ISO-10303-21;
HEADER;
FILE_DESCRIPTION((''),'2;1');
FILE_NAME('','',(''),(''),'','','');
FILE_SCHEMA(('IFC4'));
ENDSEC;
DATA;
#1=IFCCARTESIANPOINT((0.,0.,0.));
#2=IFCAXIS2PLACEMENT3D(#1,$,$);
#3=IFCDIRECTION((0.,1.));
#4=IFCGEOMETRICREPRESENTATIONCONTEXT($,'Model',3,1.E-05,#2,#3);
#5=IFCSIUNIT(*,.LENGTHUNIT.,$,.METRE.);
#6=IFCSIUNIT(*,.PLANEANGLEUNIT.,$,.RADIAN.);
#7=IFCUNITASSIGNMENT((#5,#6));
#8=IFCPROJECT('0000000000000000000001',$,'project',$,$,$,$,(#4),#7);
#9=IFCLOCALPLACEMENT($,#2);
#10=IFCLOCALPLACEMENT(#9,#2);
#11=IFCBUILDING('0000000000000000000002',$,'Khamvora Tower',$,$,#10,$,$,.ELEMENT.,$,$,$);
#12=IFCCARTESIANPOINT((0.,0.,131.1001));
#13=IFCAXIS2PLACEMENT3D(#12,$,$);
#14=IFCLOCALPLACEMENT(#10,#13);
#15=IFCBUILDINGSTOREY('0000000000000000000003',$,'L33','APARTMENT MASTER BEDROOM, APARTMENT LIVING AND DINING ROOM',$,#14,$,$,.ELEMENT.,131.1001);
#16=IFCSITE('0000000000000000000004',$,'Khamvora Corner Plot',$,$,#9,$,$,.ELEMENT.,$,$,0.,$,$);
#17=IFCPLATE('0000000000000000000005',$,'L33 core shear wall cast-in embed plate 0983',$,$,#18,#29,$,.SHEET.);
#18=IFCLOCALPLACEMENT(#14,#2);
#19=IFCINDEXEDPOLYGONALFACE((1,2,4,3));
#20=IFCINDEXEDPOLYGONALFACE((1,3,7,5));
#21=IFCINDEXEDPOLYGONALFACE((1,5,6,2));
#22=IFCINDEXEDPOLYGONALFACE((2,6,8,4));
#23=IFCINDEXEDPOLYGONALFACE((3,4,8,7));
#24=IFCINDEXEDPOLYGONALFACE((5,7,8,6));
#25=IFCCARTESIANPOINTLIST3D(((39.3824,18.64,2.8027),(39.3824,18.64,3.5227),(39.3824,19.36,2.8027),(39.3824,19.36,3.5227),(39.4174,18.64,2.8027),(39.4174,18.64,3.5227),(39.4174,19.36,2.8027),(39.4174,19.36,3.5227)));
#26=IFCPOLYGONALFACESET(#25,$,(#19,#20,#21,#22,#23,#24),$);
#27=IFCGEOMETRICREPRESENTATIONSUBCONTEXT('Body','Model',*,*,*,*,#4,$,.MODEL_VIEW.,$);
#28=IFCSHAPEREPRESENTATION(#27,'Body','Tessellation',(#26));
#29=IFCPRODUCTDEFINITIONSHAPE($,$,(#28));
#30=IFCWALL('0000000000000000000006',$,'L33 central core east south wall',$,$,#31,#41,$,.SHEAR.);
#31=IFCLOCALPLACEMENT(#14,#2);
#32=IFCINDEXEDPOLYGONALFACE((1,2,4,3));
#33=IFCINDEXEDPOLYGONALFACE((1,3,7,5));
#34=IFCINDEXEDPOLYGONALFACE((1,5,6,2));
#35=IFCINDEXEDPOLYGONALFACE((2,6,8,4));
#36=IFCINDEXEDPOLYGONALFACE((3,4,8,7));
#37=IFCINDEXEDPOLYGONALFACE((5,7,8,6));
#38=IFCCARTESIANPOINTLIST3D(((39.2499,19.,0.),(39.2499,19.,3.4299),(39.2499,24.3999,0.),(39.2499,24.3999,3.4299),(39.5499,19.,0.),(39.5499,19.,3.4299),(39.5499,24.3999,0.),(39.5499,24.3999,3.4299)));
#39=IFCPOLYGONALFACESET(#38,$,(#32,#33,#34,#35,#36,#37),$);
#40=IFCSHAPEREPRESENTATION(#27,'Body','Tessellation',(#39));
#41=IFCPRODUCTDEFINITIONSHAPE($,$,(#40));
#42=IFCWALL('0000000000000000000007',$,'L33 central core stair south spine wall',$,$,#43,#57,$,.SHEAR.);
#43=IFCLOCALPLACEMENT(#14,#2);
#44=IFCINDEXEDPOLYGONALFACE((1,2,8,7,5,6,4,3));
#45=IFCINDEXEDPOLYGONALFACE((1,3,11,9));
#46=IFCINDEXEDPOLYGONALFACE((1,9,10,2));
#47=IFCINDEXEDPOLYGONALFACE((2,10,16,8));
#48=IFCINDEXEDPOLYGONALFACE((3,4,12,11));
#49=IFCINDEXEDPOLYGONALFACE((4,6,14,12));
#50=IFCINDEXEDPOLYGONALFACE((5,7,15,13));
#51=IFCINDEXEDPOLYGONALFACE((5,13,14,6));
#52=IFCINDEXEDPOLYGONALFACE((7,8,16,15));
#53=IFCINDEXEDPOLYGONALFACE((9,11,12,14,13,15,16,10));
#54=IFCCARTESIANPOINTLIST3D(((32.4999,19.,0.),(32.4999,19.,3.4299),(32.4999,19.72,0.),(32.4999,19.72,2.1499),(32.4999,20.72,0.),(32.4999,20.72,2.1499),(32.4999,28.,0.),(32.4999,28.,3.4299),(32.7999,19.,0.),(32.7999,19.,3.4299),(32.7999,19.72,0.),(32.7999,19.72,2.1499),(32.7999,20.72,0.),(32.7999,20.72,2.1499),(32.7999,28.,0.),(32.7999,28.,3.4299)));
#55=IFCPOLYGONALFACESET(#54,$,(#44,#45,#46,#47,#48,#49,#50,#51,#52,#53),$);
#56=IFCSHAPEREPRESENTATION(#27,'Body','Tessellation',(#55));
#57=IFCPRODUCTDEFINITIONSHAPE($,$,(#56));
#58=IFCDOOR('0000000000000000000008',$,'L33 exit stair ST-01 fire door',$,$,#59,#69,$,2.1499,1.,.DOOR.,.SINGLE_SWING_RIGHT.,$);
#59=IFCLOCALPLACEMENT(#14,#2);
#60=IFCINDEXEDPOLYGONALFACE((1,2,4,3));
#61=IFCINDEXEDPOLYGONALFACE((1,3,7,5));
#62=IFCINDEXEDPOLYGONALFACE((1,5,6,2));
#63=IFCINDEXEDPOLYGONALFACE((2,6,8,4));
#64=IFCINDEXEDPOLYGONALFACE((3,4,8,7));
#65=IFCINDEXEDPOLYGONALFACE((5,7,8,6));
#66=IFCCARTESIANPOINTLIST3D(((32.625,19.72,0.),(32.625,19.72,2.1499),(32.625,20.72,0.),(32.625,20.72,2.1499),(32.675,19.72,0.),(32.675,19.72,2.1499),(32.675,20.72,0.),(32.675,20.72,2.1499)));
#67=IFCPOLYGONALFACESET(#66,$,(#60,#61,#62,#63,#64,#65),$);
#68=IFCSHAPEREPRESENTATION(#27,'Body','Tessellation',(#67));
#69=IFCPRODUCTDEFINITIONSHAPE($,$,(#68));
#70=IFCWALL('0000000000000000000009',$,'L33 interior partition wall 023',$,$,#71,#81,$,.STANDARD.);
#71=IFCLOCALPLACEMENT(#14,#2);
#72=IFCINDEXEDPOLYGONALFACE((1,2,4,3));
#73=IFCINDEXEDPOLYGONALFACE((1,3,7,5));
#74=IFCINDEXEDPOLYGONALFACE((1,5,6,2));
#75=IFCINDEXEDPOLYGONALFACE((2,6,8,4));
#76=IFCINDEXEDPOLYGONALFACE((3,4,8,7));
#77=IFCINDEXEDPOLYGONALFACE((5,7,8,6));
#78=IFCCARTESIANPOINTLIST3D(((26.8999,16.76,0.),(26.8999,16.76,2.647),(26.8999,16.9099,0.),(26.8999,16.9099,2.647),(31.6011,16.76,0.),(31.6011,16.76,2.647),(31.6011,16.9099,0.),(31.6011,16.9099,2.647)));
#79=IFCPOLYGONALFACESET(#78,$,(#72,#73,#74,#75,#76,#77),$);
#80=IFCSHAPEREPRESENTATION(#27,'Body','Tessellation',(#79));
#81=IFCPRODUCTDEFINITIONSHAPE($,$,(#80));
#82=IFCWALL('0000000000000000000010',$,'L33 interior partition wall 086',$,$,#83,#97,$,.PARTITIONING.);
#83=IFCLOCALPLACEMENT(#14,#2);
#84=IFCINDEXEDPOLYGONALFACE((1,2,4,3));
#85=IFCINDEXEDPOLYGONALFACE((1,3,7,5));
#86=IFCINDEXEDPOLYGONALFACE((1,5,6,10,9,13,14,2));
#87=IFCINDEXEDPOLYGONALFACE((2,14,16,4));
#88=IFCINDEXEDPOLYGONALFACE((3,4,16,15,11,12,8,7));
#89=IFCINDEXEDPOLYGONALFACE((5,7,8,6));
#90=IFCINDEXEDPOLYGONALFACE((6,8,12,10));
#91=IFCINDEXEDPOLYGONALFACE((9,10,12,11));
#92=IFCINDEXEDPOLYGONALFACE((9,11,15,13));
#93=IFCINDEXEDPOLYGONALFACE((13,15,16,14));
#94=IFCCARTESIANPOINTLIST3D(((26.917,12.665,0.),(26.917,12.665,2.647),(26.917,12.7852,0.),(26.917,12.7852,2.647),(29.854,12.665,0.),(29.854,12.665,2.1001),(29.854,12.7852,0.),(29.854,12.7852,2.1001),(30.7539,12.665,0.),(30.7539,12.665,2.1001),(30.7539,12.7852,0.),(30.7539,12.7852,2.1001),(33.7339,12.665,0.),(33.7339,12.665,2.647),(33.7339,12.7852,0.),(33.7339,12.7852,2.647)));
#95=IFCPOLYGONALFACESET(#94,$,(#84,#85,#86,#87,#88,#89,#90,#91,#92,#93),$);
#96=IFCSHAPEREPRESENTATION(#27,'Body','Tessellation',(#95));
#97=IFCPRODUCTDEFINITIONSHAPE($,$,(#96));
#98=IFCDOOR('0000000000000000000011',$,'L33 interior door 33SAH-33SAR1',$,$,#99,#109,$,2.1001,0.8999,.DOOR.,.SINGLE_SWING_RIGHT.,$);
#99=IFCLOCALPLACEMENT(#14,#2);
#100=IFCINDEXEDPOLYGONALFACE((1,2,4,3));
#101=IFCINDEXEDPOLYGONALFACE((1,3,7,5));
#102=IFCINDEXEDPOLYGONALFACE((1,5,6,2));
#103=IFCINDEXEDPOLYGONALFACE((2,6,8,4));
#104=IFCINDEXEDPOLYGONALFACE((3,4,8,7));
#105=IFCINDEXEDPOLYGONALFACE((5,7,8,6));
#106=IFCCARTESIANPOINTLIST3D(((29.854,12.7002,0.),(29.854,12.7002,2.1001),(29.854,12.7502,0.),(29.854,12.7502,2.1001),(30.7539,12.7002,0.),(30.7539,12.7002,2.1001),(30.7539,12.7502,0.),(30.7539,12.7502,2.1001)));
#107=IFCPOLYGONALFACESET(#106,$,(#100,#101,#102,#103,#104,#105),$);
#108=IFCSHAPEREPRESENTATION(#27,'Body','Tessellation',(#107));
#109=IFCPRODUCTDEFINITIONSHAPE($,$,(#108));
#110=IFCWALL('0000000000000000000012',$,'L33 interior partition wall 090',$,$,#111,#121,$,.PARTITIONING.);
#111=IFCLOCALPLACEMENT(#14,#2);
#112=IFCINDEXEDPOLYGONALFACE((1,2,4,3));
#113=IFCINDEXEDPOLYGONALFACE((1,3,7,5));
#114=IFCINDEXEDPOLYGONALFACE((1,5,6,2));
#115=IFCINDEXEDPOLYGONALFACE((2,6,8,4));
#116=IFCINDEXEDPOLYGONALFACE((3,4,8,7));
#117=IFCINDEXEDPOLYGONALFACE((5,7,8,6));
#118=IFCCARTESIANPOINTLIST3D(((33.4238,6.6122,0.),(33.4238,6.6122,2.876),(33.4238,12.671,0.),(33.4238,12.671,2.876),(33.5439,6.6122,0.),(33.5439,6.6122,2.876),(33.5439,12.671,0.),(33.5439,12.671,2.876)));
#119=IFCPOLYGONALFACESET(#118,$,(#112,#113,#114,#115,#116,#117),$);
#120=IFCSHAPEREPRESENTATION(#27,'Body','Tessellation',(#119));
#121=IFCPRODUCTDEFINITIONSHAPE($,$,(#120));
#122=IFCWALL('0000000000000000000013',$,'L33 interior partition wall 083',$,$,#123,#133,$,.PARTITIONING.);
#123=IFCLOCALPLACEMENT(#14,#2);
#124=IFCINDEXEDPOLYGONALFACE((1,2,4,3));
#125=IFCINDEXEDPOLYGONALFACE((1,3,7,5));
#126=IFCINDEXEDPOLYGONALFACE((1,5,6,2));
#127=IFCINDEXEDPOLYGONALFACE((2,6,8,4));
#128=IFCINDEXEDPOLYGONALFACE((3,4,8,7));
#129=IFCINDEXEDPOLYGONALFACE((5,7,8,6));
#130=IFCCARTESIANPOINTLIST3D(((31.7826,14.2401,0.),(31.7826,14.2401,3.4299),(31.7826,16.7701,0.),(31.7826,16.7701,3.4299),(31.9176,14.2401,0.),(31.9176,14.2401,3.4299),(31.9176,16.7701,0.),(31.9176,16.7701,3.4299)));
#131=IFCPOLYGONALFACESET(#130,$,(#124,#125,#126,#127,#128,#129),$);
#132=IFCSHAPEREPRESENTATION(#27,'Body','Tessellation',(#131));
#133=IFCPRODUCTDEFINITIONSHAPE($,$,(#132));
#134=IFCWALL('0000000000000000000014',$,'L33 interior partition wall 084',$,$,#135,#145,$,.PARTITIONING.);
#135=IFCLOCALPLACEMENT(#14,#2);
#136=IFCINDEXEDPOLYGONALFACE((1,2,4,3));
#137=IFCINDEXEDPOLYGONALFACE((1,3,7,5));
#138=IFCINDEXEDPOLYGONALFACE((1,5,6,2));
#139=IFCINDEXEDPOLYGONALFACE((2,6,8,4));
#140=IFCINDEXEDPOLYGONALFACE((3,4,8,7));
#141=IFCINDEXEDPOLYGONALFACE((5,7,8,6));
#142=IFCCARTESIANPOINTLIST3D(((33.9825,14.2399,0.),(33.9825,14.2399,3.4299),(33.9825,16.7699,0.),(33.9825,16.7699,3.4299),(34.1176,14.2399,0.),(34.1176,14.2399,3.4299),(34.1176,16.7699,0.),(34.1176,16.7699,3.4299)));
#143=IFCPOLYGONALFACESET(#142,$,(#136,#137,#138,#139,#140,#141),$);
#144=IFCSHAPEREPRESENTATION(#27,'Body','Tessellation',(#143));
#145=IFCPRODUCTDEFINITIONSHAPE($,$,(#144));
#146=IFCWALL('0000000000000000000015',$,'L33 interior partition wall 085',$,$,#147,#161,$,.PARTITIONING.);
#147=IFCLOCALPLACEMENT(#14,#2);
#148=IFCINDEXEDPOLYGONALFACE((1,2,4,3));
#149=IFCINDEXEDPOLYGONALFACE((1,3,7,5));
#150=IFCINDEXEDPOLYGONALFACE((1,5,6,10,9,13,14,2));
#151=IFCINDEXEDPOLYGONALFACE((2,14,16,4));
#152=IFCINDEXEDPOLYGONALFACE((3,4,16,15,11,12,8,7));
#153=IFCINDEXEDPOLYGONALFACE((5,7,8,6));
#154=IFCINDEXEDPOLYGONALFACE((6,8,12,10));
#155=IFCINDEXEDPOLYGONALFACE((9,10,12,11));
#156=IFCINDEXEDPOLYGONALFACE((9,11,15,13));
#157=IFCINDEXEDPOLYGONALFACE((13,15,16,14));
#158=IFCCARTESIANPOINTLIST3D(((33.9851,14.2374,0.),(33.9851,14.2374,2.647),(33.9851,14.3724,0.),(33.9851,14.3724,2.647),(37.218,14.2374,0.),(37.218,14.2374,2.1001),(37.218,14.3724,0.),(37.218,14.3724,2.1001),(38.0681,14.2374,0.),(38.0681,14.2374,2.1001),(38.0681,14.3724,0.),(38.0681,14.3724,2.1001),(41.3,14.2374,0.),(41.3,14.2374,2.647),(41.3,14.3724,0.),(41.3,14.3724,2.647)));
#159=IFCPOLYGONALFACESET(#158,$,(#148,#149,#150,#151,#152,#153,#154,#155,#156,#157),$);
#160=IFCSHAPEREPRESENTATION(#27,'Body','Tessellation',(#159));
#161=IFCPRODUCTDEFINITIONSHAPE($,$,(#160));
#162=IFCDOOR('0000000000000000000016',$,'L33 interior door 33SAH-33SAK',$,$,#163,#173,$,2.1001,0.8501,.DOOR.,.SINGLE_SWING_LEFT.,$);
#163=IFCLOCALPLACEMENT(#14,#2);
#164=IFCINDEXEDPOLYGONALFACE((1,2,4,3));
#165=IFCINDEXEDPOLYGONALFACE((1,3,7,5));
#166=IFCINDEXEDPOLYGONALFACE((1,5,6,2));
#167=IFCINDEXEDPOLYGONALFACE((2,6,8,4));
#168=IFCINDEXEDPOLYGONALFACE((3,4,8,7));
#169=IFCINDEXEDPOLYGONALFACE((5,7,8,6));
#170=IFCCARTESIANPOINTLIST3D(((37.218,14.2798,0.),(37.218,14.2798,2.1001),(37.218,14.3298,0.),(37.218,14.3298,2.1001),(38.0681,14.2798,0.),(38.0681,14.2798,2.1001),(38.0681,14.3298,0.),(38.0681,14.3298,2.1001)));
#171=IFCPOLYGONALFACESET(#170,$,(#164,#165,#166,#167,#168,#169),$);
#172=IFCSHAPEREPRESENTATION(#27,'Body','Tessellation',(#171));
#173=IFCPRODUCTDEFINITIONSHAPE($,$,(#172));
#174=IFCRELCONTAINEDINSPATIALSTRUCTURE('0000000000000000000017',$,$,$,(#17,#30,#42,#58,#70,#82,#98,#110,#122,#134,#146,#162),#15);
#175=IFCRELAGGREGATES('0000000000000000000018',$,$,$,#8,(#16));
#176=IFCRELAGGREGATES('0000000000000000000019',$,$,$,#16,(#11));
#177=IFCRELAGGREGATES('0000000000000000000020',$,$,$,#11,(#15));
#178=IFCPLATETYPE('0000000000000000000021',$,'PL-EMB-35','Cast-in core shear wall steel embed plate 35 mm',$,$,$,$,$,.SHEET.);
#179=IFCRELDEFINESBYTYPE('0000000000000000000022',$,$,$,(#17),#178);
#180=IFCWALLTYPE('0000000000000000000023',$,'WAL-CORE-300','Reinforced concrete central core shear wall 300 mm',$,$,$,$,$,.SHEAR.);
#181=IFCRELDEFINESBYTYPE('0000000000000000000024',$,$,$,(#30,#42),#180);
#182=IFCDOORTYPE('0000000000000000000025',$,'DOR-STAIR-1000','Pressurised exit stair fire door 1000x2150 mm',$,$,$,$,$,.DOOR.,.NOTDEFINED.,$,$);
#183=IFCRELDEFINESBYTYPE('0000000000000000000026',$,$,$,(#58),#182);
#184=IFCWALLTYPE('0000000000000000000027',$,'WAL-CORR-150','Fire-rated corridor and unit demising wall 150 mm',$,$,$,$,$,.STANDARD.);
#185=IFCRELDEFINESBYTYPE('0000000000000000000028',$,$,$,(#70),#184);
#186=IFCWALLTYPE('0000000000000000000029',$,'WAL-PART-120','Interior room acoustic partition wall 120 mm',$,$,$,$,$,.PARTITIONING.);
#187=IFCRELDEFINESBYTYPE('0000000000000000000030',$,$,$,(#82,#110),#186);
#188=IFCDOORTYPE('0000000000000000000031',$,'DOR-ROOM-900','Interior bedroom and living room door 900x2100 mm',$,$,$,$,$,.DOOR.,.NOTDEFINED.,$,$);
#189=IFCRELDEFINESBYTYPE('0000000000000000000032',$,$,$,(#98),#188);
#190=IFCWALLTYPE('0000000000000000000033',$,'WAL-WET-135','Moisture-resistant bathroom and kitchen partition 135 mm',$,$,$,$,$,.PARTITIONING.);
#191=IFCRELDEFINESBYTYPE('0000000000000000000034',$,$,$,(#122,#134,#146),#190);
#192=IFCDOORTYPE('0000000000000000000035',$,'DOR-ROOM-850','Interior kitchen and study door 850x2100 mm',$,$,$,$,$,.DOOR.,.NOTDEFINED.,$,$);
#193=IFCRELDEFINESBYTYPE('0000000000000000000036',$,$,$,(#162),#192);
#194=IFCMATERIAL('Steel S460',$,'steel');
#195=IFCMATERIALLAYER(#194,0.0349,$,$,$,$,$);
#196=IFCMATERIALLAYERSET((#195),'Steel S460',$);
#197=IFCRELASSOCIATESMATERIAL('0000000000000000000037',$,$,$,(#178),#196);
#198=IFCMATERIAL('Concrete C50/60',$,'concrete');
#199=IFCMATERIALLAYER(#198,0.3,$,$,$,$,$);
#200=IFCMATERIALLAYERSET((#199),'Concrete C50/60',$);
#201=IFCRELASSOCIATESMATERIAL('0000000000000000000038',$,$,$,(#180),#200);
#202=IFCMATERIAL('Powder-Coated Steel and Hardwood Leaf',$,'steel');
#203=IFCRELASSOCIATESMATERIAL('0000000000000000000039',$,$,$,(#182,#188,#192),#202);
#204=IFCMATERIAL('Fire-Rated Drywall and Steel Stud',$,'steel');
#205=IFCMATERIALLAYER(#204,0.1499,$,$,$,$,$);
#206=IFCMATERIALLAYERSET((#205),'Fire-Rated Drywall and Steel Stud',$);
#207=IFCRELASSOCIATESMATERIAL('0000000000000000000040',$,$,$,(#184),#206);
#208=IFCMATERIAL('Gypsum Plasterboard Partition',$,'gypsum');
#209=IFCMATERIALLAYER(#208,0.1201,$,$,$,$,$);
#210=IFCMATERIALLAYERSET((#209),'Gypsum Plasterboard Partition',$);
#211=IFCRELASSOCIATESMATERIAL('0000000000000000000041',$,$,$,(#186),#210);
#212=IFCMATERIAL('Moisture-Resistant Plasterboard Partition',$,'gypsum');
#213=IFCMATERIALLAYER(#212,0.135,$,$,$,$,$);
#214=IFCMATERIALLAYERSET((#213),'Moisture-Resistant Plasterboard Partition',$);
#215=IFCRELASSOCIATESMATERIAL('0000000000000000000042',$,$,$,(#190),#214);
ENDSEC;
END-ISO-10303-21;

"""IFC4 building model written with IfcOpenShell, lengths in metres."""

from ifc_helpers import new_model, si_unit, direction, frame, frame_2d, origin, origin_2d, place, context, subcontext, project, spatial, rectangle, extrude, material, layer, layer_set, type_object, element, fill, save


model = new_model("IFC4")

# Units and contexts
model_context = context("Model", 3, precision=1e-05, world=origin(), true_north=direction((0.0, 1.0)))
body_context = subcontext(model_context, "Body", "Model", "MODEL_VIEW")
ifc_project = project(units=[si_unit("LENGTHUNIT", "METRE"), si_unit("PLANEANGLEUNIT", "RADIAN")], contexts=[model_context])

# Site, building, storey
site_placement = place(None, origin())
site = spatial("IfcSite", under=ifc_project, at=site_placement, Name="Khamvora Corner Plot", CompositionType="ELEMENT", RefElevation=0.0)
building_placement = place(site_placement, origin())
building = spatial("IfcBuilding", under=site, at=building_placement, Name="Khamvora Tower", CompositionType="ELEMENT")
storey_placement = place(building_placement, frame((0.0, 0.0, 131.1001)))
storey = spatial("IfcBuildingStorey", under=building, at=storey_placement, Name="L33", Description="APARTMENT MASTER BEDROOM, APARTMENT LIVING AND DINING ROOM", CompositionType="ELEMENT", Elevation=131.1001)

# Shared definitions
ifc_material_1 = material(Name="Steel S460", Category="steel")

# Plate
ifc_layer_1 = layer(ifc_material_1, 0.0349)
ifc_layer_set_1 = layer_set([ifc_layer_1], Name="Steel S460")
plate_type_1 = type_object("IfcPlateType", Name="PL-EMB-35", Description="Cast-in core shear wall steel embed plate 35 mm", PredefinedType="SHEET", material=ifc_layer_set_1)
plate_1_placement = place(storey_placement, frame((39.3999, 19.0, 2.8027), z_axis=(0.0, 0.0, 1.0), x_axis=(1.0, 0.0, 0.0)))
element("IfcPlate", 1, at=plate_1_placement, inside=storey, type_object=plate_type_1, Name="L33 core shear wall cast-in embed plate 0983", PredefinedType="SHEET", context=body_context, shape_type="SweptSolid", body=[
    extrude(rectangle(XDim=0.0349, YDim=0.72, at=origin_2d()), origin(), (0.0, 0.0, 1.0), 0.72),
])

# Wall
ifc_material_2 = material(Name="Concrete C50/60", Category="concrete")
ifc_layer_2 = layer(ifc_material_2, 0.3)
ifc_layer_set_2 = layer_set([ifc_layer_2], Name="Concrete C50/60")
wall_type_1 = type_object("IfcWallType", Name="WAL-CORE-300", Description="Reinforced concrete central core shear wall 300 mm", PredefinedType="SHEAR", material=ifc_layer_set_2)
wall_1_placement = place(storey_placement, frame((39.3999, 19.0, 0.0), z_axis=(0.0, 0.0, 1.0), x_axis=(0.0, 1.0, 0.0)))
element("IfcWall", 2, at=wall_1_placement, inside=storey, type_object=wall_type_1, Name="L33 central core east south wall", PredefinedType="SHEAR", context=body_context, shape_type="SweptSolid", body=[
    extrude(rectangle(XDim=5.3999, YDim=0.3, at=frame_2d((2.7, 0.0))), origin(), (0.0, 0.0, 1.0), 3.4299),
])

# Wall, opening, door
wall_2_placement = place(storey_placement, frame((32.6499, 19.0, 0.0), z_axis=(0.0, 0.0, 1.0), x_axis=(0.0, 1.0, 0.0)))
wall_2 = element("IfcWall", 3, at=wall_2_placement, inside=storey, type_object=wall_type_1, Name="L33 central core stair south spine wall", PredefinedType="SHEAR", context=body_context, shape_type="SweptSolid", body=[
    extrude(rectangle(XDim=9.0, YDim=0.3, at=frame_2d((4.5, 0.0))), origin(), (0.0, 0.0, 1.0), 3.4299),
])
opening_1_placement = place(wall_2_placement, frame((0.72, 0.0, 0.0)))
opening_1 = element("IfcOpeningElement", 4, at=opening_1_placement, cuts=wall_2, PredefinedType="OPENING", context=body_context, shape_type="SweptSolid", body=[
    extrude(rectangle(XDim=1.0, YDim=2.1499, at=frame_2d((0.5, 1.075))), frame((0.0, 0.1599, 0.0), z_axis=(0.0, -1.0, 0.0), x_axis=(1.0, 0.0, 0.0)), (0.0, 0.0, 1.0), 0.3201),
])
ifc_material_3 = material(Name="Powder-Coated Steel and Hardwood Leaf", Category="steel")
door_type_1 = type_object("IfcDoorType", Name="DOR-STAIR-1000", Description="Pressurised exit stair fire door 1000x2150 mm", OperationType="NOTDEFINED", PredefinedType="DOOR", material=ifc_material_3)
door_1_placement = place(opening_1_placement, origin())
door_1 = element("IfcDoor", 5, at=door_1_placement, inside=storey, type_object=door_type_1, Name="L33 exit stair ST-01 fire door", OperationType="SINGLE_SWING_RIGHT", OverallHeight=2.1499, OverallWidth=1.0, PredefinedType="DOOR", context=body_context, shape_type="SweptSolid", body=[
    extrude(rectangle(XDim=1.0, YDim=2.1499, at=frame_2d((0.5, 1.075))), frame((0.0, 0.0249, 0.0), z_axis=(0.0, -1.0, 0.0), x_axis=(1.0, 0.0, 0.0)), (0.0, 0.0, 1.0), 0.05),
])
fill(opening_1, door_1)
ifc_material_4 = material(Name="Fire-Rated Drywall and Steel Stud", Category="steel")
ifc_layer_3 = layer(ifc_material_4, 0.1499)
ifc_layer_set_3 = layer_set([ifc_layer_3], Name="Fire-Rated Drywall and Steel Stud")
wall_type_2 = type_object("IfcWallType", Name="WAL-CORR-150", Description="Fire-rated corridor and unit demising wall 150 mm", PredefinedType="STANDARD", material=ifc_layer_set_3)

# Wall
wall_3_placement = place(storey_placement, frame((31.6011, 16.835, 0.0), z_axis=(0.0, 0.0, 1.0), x_axis=(-1.0, 0.0, 0.0)))
element("IfcWall", 6, at=wall_3_placement, inside=storey, type_object=wall_type_2, Name="L33 interior partition wall 023", PredefinedType="STANDARD", context=body_context, shape_type="SweptSolid", body=[
    extrude(rectangle(XDim=4.7012, YDim=0.1499, at=frame_2d((2.3506, 0.0))), origin(), (0.0, 0.0, 1.0), 2.647),
])

# Wall, opening, door
ifc_material_5 = material(Name="Gypsum Plasterboard Partition", Category="gypsum")
ifc_layer_4 = layer(ifc_material_5, 0.1201)
ifc_layer_set_4 = layer_set([ifc_layer_4], Name="Gypsum Plasterboard Partition")
wall_type_3 = type_object("IfcWallType", Name="WAL-PART-120", Description="Interior room acoustic partition wall 120 mm", PredefinedType="PARTITIONING", material=ifc_layer_set_4)
wall_4_placement = place(storey_placement, frame((33.7339, 12.7251, 0.0), z_axis=(0.0, 0.0, 1.0), x_axis=(-1.0, 0.0, 0.0)))
wall_4 = element("IfcWall", 7, at=wall_4_placement, inside=storey, type_object=wall_type_3, Name="L33 interior partition wall 086", PredefinedType="PARTITIONING", context=body_context, shape_type="SweptSolid", body=[
    extrude(rectangle(XDim=6.8169, YDim=0.1201, at=frame_2d((3.4084, 0.0))), origin(), (0.0, 0.0, 1.0), 2.647),
])
opening_2_placement = place(wall_4_placement, frame((2.98, 0.0, 0.0)))
opening_2 = element("IfcOpeningElement", 8, at=opening_2_placement, cuts=wall_4, PredefinedType="OPENING", context=body_context, shape_type="SweptSolid", body=[
    extrude(rectangle(XDim=0.8999, YDim=2.1001, at=frame_2d((0.45, 1.05))), frame((0.0, 0.0701, 0.0), z_axis=(0.0, -1.0, 0.0), x_axis=(1.0, 0.0, 0.0)), (0.0, 0.0, 1.0), 0.1401),
])
door_type_2 = type_object("IfcDoorType", Name="DOR-ROOM-900", Description="Interior bedroom and living room door 900x2100 mm", OperationType="NOTDEFINED", PredefinedType="DOOR", material=ifc_material_3)
door_2_placement = place(opening_2_placement, origin())
door_2 = element("IfcDoor", 9, at=door_2_placement, inside=storey, type_object=door_type_2, Name="L33 interior door 33SAH-33SAR1", OperationType="SINGLE_SWING_RIGHT", OverallHeight=2.1001, OverallWidth=0.8999, PredefinedType="DOOR", context=body_context, shape_type="SweptSolid", body=[
    extrude(rectangle(XDim=0.8999, YDim=2.1001, at=frame_2d((0.45, 1.05))), frame((0.0, 0.0249, 0.0), z_axis=(0.0, -1.0, 0.0), x_axis=(1.0, 0.0, 0.0)), (0.0, 0.0, 1.0), 0.05),
])
fill(opening_2, door_2)

# Walls
wall_5_placement = place(storey_placement, frame((33.4839, 12.6709, 0.0), z_axis=(0.0, 0.0, 1.0), x_axis=(0.0, -1.0, 0.0)))
element("IfcWall", 10, at=wall_5_placement, inside=storey, type_object=wall_type_3, Name="L33 interior partition wall 090", PredefinedType="PARTITIONING", context=body_context, shape_type="SweptSolid", body=[
    extrude(rectangle(XDim=6.0588, YDim=0.1201, at=frame_2d((3.0293, 0.0))), origin(), (0.0, 0.0, 1.0), 2.876),
])
ifc_material_6 = material(Name="Moisture-Resistant Plasterboard Partition", Category="gypsum")
ifc_layer_5 = layer(ifc_material_6, 0.135)
ifc_layer_set_5 = layer_set([ifc_layer_5], Name="Moisture-Resistant Plasterboard Partition")
wall_type_4 = type_object("IfcWallType", Name="WAL-WET-135", Description="Moisture-resistant bathroom and kitchen partition 135 mm", PredefinedType="PARTITIONING", material=ifc_layer_set_5)
for number, where, z_axis, x_axis, name in (
    (11, (31.8501, 14.24, 0.0), (0.0, 0.0, 1.0), (0.0, 1.0, 0.0), "L33 interior partition wall 083"),
    (12, (34.05, 16.77, 0.0), (0.0, 0.0, 1.0), (0.0, -1.0, 0.0), "L33 interior partition wall 084"),
):
    element("IfcWall", number, at=place(storey_placement, frame(where, z_axis=z_axis, x_axis=x_axis)), inside=storey, type_object=wall_type_4, Name=name, PredefinedType="PARTITIONING", context=body_context, shape_type="SweptSolid", body=[
        extrude(rectangle(XDim=2.53, YDim=0.135, at=frame_2d((1.2651, 0.0))), origin(), (0.0, 0.0, 1.0), 3.4299),
    ])

# Wall, opening, door
wall_6_placement = place(storey_placement, frame((33.9851, 14.3049, 0.0), z_axis=(0.0, 0.0, 1.0), x_axis=(1.0, 0.0, 0.0)))
wall_6 = element("IfcWall", 13, at=wall_6_placement, inside=storey, type_object=wall_type_4, Name="L33 interior partition wall 085", PredefinedType="PARTITIONING", context=body_context, shape_type="SweptSolid", body=[
    extrude(rectangle(XDim=7.3149, YDim=0.135, at=frame_2d((3.6575, 0.0))), origin(), (0.0, 0.0, 1.0), 2.647),
])
opening_3_placement = place(wall_6_placement, frame((3.2329, 0.0, 0.0)))
opening_3 = element("IfcOpeningElement", 14, at=opening_3_placement, cuts=wall_6, PredefinedType="OPENING", context=body_context, shape_type="SweptSolid", body=[
    extrude(rectangle(XDim=0.8501, YDim=2.1001, at=frame_2d((0.425, 1.05))), frame((0.0, 0.0774, 0.0), z_axis=(0.0, -1.0, 0.0), x_axis=(1.0, 0.0, 0.0)), (0.0, 0.0, 1.0), 0.155),
])
door_type_3 = type_object("IfcDoorType", Name="DOR-ROOM-850", Description="Interior kitchen and study door 850x2100 mm", OperationType="NOTDEFINED", PredefinedType="DOOR", material=ifc_material_3)
door_3_placement = place(opening_3_placement, origin())
door_3 = element("IfcDoor", 15, at=door_3_placement, inside=storey, type_object=door_type_3, Name="L33 interior door 33SAH-33SAK", OperationType="SINGLE_SWING_LEFT", OverallHeight=2.1001, OverallWidth=0.8501, PredefinedType="DOOR", context=body_context, shape_type="SweptSolid", body=[
    extrude(rectangle(XDim=0.8501, YDim=2.1001, at=frame_2d((0.425, 1.05))), frame((0.0, 0.0249, 0.0), z_axis=(0.0, -1.0, 0.0), x_axis=(1.0, 0.0, 0.0)), (0.0, 0.0, 1.0), 0.05),
])
fill(opening_3, door_3)

save(model, "model.ifc")
